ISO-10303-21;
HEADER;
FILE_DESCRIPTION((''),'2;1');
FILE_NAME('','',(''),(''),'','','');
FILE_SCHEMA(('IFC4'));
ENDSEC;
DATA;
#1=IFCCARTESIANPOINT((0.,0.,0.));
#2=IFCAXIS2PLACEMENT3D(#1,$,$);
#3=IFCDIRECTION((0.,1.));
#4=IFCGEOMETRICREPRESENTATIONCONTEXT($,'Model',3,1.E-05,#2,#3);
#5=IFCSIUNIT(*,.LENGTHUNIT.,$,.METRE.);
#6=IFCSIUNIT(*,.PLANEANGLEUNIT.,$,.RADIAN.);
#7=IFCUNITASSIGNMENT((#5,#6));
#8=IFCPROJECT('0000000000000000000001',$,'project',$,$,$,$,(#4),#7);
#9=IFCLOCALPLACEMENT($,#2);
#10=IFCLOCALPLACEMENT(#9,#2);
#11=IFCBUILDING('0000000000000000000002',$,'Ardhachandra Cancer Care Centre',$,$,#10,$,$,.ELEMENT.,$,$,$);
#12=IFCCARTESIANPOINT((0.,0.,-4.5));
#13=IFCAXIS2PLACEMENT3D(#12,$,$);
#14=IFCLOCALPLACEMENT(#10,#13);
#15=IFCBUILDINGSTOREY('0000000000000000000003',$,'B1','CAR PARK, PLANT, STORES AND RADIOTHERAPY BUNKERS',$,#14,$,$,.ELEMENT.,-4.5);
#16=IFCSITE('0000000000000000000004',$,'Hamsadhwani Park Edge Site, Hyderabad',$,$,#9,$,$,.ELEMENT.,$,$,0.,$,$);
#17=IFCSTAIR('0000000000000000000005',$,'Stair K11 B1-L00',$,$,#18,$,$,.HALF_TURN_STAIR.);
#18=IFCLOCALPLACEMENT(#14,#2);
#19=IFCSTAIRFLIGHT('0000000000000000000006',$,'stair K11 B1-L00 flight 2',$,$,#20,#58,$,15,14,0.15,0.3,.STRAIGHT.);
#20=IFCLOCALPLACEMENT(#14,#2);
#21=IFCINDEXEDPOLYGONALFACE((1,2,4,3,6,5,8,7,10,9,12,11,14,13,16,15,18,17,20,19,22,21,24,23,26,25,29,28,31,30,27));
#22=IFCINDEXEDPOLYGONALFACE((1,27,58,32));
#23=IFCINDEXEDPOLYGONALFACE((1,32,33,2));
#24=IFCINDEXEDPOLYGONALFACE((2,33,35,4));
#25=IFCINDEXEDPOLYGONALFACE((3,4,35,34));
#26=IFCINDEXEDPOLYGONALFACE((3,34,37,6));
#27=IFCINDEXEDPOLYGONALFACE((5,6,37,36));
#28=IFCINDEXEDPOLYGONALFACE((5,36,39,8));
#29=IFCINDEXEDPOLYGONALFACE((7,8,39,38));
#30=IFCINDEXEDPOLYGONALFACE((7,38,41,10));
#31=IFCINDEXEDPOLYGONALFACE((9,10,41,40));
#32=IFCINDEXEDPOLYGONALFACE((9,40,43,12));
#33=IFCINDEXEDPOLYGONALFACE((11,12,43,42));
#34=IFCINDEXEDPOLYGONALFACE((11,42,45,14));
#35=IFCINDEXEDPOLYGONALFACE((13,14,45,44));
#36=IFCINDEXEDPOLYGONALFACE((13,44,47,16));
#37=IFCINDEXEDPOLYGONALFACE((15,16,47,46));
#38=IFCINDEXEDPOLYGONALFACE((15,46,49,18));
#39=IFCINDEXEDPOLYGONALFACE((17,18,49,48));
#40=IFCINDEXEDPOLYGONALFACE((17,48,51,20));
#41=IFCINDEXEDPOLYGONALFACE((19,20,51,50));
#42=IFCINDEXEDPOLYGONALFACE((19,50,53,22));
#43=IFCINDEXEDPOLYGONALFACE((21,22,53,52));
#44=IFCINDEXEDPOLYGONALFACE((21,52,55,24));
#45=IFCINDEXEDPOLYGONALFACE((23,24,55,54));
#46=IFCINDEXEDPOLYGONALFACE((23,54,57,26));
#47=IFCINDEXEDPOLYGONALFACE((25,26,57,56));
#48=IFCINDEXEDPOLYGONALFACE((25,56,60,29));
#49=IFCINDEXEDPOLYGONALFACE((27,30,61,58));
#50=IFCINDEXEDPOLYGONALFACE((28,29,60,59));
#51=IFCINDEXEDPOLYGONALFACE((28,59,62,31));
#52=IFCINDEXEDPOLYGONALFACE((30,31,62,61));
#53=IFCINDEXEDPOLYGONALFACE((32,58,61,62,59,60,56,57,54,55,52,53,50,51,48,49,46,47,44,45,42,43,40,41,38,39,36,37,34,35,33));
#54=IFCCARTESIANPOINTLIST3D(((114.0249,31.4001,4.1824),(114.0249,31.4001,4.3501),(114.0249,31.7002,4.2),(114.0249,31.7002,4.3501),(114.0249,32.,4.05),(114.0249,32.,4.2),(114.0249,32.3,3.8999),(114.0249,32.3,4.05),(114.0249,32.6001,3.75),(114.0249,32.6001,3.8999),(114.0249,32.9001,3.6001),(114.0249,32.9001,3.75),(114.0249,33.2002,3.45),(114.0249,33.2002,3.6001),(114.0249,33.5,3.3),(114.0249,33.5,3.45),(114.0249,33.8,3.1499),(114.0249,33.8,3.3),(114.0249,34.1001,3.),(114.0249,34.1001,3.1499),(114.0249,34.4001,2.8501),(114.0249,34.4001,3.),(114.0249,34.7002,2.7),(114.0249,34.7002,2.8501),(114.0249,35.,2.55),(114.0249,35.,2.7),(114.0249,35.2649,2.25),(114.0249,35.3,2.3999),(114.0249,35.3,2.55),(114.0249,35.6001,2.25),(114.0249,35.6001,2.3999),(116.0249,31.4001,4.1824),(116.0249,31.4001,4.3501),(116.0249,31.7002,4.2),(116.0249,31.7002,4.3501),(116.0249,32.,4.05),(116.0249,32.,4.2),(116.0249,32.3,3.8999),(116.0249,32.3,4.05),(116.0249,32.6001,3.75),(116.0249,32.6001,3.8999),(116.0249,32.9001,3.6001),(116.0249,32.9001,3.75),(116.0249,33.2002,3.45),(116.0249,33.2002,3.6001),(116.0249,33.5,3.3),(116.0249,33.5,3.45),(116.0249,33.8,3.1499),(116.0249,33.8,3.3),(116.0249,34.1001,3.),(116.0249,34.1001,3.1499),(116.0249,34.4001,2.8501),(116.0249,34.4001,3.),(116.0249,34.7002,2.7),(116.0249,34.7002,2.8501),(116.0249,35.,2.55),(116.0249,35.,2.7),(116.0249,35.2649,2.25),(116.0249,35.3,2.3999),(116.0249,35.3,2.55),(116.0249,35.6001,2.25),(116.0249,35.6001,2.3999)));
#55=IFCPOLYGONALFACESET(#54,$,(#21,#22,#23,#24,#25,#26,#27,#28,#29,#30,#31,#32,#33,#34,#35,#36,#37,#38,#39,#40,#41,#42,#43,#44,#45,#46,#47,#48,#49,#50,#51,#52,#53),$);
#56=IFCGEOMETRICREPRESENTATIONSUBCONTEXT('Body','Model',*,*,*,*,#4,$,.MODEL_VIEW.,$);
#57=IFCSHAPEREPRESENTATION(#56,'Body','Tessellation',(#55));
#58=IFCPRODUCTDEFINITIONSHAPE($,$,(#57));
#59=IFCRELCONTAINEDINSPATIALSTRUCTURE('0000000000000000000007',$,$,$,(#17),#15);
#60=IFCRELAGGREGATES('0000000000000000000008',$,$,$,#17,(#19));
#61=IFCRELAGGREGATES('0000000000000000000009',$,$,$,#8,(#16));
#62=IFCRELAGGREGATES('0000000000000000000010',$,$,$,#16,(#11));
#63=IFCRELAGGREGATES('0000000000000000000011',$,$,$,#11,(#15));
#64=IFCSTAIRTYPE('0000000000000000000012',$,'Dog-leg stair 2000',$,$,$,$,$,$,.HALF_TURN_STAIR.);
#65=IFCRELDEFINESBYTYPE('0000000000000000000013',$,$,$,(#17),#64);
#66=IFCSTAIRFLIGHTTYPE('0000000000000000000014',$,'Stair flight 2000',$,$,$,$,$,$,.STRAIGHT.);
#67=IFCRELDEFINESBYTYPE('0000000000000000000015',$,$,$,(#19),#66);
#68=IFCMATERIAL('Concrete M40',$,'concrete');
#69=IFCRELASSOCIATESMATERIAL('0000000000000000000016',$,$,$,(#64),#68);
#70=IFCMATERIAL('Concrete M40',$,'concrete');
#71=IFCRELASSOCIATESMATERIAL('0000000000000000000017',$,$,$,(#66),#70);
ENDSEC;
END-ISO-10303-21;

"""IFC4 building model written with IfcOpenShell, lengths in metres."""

from ifc_helpers import new_model, si_unit, direction, frame, origin, place, context, subcontext, project, spatial, polyline, outline, extrude, material, type_object, element, aggregate, save


model = new_model("IFC4")

# Units and contexts
model_context = context("Model", 3, precision=1e-05, world=origin(), true_north=direction((0.0, 1.0)))
body_context = subcontext(model_context, "Body", "Model", "MODEL_VIEW")
ifc_project = project(units=[si_unit("LENGTHUNIT", "METRE"), si_unit("PLANEANGLEUNIT", "RADIAN")], contexts=[model_context])

# Site, building, storey
site_placement = place(None, origin())
site = spatial("IfcSite", under=ifc_project, at=site_placement, Name="Hamsadhwani Park Edge Site, Hyderabad", CompositionType="ELEMENT", RefElevation=0.0)
building_placement = place(site_placement, origin())
building = spatial("IfcBuilding", under=site, at=building_placement, Name="Ardhachandra Cancer Care Centre", CompositionType="ELEMENT")
storey_placement = place(building_placement, frame((0.0, 0.0, -4.5)))
storey = spatial("IfcBuildingStorey", under=building, at=storey_placement, Name="B1", Description="CAR PARK, PLANT, STORES AND RADIOTHERAPY BUNKERS", CompositionType="ELEMENT", Elevation=-4.5)

# Stair, stair flight
ifc_material_1 = material(Name="Concrete M40", Category="concrete")
stair_type = type_object("IfcStairType", Name="Dog-leg stair 2000", PredefinedType="HALF_TURN_STAIR", material=ifc_material_1)
stair_placement = place(storey_placement, origin())
stair = element("IfcStair", 1, at=stair_placement, inside=storey, type_object=stair_type, Name="Stair K11 B1-L00", PredefinedType="HALF_TURN_STAIR")
ifc_material_2 = material(Name="Concrete M40", Category="concrete")
stair_flight_type = type_object("IfcStairFlightType", Name="Stair flight 2000", PredefinedType="STRAIGHT", material=ifc_material_2)
stair_flight_placement = place(storey_placement, frame((115.0249, 35.6001, 2.25), z_axis=(0.0, 0.0, 1.0), x_axis=(0.0, -1.0, 0.0)))
stair_flight = element("IfcStairFlight", 2, at=stair_flight_placement, type_object=stair_flight_type, Name="stair K11 B1-L00 flight 2", NumberOfRisers=15, NumberOfTreads=14, PredefinedType="STRAIGHT", RiserHeight=0.15, TreadLength=0.3, context=body_context, shape_type="SweptSolid", body=[
    extrude(outline(polyline([(0.0, 0.0), (0.0, 0.1499), (0.3, 0.1499), (0.3, 0.3), (0.6001, 0.3), (0.6001, 0.45), (0.8999, 0.45), (0.8999, 0.6001), (1.2, 0.6001), (1.2, 0.75), (1.5, 0.75), (1.5, 0.8999), (1.8, 0.8999), (1.8, 1.05), (2.1001, 1.05), (2.1001, 1.2), (2.3999, 1.2), (2.3999, 1.3501), (2.7, 1.3501), (2.7, 1.5), (3.0, 1.5), (3.0, 1.6499), (3.3, 1.6499), (3.3, 1.8), (3.6001, 1.8), (3.6001, 1.95), (3.8999, 1.95), (3.8999, 2.1001), (4.2, 2.1001), (4.2, 2.25), (4.2, 1.9324), (0.3352, 0.0), (0.0, 0.0)])), frame((0.0, 1.0, 0.0), z_axis=(0.0, -1.0, 0.0), x_axis=(1.0, 0.0, 0.0)), (0.0, 0.0, 1.0), 2.0),
])
aggregate(stair, [stair_flight])

save(model, "model.ifc")
